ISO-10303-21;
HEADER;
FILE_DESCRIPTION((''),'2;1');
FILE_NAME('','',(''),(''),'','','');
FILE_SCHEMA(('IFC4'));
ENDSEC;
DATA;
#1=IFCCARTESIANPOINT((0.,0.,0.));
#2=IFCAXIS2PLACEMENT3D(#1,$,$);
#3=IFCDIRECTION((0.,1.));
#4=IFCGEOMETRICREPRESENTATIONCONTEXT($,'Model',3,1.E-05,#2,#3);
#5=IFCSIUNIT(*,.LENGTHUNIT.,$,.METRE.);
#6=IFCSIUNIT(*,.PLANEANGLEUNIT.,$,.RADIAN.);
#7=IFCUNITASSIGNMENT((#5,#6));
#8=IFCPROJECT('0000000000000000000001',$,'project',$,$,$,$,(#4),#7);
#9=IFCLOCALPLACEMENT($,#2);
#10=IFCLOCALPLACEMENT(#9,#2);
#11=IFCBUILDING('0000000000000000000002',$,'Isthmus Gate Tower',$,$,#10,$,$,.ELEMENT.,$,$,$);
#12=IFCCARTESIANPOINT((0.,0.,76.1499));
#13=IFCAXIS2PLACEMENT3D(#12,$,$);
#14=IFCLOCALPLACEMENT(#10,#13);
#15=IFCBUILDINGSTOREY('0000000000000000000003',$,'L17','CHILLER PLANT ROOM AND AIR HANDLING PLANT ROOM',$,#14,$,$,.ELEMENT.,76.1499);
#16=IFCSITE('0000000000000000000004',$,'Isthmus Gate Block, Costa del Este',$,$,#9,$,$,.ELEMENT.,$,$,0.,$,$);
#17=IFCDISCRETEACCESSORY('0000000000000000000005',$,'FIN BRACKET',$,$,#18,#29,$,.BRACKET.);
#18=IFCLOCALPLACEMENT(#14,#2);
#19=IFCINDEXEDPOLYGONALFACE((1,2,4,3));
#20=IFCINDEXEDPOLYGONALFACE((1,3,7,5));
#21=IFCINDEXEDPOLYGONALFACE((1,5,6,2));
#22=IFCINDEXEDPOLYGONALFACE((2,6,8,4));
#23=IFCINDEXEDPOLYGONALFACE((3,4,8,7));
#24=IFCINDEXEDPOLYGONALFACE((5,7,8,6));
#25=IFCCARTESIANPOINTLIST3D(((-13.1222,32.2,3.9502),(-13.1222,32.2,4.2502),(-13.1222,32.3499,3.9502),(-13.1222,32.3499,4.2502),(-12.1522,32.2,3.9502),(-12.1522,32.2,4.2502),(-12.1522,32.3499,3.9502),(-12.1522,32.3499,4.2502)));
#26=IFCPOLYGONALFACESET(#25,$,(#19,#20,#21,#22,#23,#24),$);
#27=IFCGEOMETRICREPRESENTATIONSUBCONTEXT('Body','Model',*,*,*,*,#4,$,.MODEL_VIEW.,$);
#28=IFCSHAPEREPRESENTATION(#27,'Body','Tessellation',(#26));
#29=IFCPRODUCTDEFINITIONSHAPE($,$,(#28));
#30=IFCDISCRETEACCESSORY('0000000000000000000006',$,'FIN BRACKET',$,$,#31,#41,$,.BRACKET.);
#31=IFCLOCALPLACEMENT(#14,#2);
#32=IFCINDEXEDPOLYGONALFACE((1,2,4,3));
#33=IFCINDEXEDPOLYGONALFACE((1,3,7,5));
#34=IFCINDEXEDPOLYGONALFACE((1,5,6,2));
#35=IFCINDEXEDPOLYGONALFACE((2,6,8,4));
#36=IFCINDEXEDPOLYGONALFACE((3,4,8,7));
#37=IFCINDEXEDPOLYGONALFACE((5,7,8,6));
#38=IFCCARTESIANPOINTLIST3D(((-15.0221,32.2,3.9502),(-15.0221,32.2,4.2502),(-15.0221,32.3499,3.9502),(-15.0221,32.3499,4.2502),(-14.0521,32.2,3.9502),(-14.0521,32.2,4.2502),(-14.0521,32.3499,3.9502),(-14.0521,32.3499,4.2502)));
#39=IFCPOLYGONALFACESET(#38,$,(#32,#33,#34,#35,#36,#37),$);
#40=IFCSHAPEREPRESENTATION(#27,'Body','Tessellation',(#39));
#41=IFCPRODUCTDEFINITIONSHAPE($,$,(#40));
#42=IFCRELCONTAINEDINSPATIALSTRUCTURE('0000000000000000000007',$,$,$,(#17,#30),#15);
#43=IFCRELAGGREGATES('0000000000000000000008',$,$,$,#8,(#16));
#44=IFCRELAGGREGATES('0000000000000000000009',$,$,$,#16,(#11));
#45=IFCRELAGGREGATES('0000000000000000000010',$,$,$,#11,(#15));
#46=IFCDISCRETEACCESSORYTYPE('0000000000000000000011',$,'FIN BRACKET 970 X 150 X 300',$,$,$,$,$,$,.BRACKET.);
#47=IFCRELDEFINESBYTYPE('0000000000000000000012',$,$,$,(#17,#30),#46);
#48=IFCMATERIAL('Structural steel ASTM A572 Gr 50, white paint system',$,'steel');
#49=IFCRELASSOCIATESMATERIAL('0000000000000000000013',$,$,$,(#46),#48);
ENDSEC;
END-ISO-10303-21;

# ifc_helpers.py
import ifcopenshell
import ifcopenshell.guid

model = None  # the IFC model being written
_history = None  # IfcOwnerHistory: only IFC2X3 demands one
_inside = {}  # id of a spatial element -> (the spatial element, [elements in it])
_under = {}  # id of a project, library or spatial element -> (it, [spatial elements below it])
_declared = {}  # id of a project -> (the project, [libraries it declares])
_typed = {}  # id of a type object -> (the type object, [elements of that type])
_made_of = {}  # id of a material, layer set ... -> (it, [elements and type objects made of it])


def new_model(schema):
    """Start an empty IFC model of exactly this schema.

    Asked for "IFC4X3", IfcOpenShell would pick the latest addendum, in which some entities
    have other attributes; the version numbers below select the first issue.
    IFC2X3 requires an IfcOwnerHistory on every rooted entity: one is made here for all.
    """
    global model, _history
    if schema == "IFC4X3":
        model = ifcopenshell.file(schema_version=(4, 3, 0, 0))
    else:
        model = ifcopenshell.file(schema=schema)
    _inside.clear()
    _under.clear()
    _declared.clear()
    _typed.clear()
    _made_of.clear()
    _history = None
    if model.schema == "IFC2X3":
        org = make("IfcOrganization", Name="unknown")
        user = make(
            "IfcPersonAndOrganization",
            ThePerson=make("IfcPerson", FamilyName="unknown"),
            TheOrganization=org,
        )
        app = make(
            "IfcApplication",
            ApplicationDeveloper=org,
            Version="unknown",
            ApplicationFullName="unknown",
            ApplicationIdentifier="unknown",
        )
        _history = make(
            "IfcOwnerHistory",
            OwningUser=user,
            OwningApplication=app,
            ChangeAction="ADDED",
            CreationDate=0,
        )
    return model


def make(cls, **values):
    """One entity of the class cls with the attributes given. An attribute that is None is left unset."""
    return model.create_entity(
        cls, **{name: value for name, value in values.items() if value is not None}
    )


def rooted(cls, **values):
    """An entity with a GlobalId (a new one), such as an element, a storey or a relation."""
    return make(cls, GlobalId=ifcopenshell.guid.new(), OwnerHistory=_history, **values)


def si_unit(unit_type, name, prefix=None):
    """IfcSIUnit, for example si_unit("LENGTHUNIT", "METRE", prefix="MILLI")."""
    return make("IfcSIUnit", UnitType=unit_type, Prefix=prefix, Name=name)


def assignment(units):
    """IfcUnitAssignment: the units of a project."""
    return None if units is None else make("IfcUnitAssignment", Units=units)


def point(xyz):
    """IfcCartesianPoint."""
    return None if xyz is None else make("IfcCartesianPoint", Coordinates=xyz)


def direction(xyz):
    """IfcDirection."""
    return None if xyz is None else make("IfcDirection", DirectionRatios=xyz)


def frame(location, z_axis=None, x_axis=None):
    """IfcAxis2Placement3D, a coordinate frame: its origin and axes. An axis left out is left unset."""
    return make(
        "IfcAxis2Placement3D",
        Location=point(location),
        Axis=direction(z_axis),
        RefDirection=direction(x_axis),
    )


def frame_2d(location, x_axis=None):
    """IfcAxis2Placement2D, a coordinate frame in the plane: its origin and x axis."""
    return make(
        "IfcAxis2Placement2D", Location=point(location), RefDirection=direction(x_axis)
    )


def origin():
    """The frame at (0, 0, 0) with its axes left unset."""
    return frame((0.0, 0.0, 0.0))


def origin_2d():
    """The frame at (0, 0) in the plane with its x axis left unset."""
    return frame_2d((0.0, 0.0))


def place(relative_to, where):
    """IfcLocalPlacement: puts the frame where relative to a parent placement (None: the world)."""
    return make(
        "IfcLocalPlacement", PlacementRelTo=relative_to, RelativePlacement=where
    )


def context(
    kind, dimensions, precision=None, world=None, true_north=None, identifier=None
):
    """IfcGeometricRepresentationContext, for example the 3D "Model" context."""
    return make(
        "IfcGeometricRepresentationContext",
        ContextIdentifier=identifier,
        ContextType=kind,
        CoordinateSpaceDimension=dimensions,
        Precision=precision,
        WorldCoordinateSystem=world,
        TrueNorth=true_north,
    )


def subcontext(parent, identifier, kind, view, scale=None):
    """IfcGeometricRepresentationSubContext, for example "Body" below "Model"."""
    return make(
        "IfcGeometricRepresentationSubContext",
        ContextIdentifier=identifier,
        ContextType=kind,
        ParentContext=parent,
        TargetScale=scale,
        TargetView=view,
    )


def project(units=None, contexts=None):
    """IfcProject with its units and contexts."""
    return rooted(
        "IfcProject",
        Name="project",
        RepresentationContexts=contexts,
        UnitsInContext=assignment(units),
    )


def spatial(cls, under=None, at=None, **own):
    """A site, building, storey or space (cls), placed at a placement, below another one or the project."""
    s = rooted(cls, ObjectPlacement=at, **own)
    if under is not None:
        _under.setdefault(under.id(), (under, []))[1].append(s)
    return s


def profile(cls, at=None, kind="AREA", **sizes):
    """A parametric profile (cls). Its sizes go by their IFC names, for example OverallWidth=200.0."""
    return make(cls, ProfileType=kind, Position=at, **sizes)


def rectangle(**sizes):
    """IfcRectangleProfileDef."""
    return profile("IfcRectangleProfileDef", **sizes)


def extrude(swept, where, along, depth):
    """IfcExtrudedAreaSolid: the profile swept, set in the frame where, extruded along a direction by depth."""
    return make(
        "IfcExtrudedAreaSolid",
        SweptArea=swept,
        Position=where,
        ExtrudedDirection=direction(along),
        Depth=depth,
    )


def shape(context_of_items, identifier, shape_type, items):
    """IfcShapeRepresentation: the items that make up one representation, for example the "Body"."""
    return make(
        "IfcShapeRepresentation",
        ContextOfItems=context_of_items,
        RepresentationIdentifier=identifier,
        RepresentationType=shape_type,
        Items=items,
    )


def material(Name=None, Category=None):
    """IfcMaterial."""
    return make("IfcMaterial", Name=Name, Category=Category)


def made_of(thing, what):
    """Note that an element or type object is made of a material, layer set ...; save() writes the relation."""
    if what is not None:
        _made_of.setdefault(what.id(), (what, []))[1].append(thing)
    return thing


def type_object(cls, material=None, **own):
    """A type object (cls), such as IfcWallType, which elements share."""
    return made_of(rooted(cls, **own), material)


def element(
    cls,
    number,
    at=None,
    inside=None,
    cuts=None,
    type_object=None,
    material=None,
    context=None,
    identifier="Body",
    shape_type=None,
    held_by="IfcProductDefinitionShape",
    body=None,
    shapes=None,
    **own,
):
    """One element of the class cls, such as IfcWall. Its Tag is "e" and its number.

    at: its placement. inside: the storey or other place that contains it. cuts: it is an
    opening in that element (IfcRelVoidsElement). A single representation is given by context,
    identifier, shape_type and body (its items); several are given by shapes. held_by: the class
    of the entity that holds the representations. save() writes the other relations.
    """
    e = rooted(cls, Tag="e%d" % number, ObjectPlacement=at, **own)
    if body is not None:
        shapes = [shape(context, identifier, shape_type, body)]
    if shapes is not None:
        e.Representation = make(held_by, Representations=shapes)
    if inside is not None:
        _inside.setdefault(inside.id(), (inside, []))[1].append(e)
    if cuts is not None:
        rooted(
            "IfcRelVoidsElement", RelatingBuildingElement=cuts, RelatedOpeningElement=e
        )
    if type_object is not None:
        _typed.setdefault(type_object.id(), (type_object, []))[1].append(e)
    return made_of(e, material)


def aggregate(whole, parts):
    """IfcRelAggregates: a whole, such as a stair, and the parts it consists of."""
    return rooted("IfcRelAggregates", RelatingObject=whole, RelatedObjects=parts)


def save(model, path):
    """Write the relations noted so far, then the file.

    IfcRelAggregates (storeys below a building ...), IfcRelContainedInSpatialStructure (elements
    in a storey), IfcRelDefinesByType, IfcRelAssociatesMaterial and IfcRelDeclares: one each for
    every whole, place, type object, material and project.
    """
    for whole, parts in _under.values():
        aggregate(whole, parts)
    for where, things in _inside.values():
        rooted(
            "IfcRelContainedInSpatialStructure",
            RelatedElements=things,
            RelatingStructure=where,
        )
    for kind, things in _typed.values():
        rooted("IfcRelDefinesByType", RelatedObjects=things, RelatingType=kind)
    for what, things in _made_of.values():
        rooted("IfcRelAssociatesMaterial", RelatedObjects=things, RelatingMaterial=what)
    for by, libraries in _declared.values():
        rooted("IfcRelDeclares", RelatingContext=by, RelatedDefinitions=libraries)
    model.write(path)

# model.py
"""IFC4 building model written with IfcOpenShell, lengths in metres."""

from ifc_helpers import new_model, si_unit, direction, frame, origin, origin_2d, place, context, subcontext, project, spatial, rectangle, extrude, material, type_object, element, save


model = new_model("IFC4")

# Units and contexts
model_context = context("Model", 3, precision=1e-05, world=origin(), true_north=direction((0.0, 1.0)))
body_context = subcontext(model_context, "Body", "Model", "MODEL_VIEW")
ifc_project = project(units=[si_unit("LENGTHUNIT", "METRE"), si_unit("PLANEANGLEUNIT", "RADIAN")], contexts=[model_context])

# Site, building, storey
site_placement = place(None, origin())
site = spatial("IfcSite", under=ifc_project, at=site_placement, Name="Isthmus Gate Block, Costa del Este", CompositionType="ELEMENT", RefElevation=0.0)
building_placement = place(site_placement, origin())
building = spatial("IfcBuilding", under=site, at=building_placement, Name="Isthmus Gate Tower", CompositionType="ELEMENT")
storey_placement = place(building_placement, frame((0.0, 0.0, 76.1499)))
storey = spatial("IfcBuildingStorey", under=building, at=storey_placement, Name="L17", Description="CHILLER PLANT ROOM AND AIR HANDLING PLANT ROOM", CompositionType="ELEMENT", Elevation=76.1499)

# Discrete accessories
ifc_material_1 = material(Name="Structural steel ASTM A572 Gr 50, white paint system", Category="steel")
discrete_accessory_type = type_object("IfcDiscreteAccessoryType", Name="FIN BRACKET 970 X 150 X 300", PredefinedType="BRACKET", material=ifc_material_1)
for number, where, z_axis, x_axis, name in (
    (1, (-12.6372, 32.2749, 3.9502), (0.0, 0.0, 1.0), (0.0, 1.0, 0.0), "FIN BRACKET"),
    (2, (-14.5371, 32.2749, 3.9502), (0.0, 0.0, 1.0), (0.0, 1.0, 0.0), "FIN BRACKET"),
):
    element("IfcDiscreteAccessory", number, at=place(storey_placement, frame(where, z_axis=z_axis, x_axis=x_axis)), inside=storey, type_object=discrete_accessory_type, Name=name, PredefinedType="BRACKET", context=body_context, shape_type="SweptSolid", body=[
        extrude(rectangle(XDim=0.1499, YDim=0.97, at=origin_2d()), origin(), (0.0, 0.0, 1.0), 0.3),
    ])

save(model, "model.ifc")
